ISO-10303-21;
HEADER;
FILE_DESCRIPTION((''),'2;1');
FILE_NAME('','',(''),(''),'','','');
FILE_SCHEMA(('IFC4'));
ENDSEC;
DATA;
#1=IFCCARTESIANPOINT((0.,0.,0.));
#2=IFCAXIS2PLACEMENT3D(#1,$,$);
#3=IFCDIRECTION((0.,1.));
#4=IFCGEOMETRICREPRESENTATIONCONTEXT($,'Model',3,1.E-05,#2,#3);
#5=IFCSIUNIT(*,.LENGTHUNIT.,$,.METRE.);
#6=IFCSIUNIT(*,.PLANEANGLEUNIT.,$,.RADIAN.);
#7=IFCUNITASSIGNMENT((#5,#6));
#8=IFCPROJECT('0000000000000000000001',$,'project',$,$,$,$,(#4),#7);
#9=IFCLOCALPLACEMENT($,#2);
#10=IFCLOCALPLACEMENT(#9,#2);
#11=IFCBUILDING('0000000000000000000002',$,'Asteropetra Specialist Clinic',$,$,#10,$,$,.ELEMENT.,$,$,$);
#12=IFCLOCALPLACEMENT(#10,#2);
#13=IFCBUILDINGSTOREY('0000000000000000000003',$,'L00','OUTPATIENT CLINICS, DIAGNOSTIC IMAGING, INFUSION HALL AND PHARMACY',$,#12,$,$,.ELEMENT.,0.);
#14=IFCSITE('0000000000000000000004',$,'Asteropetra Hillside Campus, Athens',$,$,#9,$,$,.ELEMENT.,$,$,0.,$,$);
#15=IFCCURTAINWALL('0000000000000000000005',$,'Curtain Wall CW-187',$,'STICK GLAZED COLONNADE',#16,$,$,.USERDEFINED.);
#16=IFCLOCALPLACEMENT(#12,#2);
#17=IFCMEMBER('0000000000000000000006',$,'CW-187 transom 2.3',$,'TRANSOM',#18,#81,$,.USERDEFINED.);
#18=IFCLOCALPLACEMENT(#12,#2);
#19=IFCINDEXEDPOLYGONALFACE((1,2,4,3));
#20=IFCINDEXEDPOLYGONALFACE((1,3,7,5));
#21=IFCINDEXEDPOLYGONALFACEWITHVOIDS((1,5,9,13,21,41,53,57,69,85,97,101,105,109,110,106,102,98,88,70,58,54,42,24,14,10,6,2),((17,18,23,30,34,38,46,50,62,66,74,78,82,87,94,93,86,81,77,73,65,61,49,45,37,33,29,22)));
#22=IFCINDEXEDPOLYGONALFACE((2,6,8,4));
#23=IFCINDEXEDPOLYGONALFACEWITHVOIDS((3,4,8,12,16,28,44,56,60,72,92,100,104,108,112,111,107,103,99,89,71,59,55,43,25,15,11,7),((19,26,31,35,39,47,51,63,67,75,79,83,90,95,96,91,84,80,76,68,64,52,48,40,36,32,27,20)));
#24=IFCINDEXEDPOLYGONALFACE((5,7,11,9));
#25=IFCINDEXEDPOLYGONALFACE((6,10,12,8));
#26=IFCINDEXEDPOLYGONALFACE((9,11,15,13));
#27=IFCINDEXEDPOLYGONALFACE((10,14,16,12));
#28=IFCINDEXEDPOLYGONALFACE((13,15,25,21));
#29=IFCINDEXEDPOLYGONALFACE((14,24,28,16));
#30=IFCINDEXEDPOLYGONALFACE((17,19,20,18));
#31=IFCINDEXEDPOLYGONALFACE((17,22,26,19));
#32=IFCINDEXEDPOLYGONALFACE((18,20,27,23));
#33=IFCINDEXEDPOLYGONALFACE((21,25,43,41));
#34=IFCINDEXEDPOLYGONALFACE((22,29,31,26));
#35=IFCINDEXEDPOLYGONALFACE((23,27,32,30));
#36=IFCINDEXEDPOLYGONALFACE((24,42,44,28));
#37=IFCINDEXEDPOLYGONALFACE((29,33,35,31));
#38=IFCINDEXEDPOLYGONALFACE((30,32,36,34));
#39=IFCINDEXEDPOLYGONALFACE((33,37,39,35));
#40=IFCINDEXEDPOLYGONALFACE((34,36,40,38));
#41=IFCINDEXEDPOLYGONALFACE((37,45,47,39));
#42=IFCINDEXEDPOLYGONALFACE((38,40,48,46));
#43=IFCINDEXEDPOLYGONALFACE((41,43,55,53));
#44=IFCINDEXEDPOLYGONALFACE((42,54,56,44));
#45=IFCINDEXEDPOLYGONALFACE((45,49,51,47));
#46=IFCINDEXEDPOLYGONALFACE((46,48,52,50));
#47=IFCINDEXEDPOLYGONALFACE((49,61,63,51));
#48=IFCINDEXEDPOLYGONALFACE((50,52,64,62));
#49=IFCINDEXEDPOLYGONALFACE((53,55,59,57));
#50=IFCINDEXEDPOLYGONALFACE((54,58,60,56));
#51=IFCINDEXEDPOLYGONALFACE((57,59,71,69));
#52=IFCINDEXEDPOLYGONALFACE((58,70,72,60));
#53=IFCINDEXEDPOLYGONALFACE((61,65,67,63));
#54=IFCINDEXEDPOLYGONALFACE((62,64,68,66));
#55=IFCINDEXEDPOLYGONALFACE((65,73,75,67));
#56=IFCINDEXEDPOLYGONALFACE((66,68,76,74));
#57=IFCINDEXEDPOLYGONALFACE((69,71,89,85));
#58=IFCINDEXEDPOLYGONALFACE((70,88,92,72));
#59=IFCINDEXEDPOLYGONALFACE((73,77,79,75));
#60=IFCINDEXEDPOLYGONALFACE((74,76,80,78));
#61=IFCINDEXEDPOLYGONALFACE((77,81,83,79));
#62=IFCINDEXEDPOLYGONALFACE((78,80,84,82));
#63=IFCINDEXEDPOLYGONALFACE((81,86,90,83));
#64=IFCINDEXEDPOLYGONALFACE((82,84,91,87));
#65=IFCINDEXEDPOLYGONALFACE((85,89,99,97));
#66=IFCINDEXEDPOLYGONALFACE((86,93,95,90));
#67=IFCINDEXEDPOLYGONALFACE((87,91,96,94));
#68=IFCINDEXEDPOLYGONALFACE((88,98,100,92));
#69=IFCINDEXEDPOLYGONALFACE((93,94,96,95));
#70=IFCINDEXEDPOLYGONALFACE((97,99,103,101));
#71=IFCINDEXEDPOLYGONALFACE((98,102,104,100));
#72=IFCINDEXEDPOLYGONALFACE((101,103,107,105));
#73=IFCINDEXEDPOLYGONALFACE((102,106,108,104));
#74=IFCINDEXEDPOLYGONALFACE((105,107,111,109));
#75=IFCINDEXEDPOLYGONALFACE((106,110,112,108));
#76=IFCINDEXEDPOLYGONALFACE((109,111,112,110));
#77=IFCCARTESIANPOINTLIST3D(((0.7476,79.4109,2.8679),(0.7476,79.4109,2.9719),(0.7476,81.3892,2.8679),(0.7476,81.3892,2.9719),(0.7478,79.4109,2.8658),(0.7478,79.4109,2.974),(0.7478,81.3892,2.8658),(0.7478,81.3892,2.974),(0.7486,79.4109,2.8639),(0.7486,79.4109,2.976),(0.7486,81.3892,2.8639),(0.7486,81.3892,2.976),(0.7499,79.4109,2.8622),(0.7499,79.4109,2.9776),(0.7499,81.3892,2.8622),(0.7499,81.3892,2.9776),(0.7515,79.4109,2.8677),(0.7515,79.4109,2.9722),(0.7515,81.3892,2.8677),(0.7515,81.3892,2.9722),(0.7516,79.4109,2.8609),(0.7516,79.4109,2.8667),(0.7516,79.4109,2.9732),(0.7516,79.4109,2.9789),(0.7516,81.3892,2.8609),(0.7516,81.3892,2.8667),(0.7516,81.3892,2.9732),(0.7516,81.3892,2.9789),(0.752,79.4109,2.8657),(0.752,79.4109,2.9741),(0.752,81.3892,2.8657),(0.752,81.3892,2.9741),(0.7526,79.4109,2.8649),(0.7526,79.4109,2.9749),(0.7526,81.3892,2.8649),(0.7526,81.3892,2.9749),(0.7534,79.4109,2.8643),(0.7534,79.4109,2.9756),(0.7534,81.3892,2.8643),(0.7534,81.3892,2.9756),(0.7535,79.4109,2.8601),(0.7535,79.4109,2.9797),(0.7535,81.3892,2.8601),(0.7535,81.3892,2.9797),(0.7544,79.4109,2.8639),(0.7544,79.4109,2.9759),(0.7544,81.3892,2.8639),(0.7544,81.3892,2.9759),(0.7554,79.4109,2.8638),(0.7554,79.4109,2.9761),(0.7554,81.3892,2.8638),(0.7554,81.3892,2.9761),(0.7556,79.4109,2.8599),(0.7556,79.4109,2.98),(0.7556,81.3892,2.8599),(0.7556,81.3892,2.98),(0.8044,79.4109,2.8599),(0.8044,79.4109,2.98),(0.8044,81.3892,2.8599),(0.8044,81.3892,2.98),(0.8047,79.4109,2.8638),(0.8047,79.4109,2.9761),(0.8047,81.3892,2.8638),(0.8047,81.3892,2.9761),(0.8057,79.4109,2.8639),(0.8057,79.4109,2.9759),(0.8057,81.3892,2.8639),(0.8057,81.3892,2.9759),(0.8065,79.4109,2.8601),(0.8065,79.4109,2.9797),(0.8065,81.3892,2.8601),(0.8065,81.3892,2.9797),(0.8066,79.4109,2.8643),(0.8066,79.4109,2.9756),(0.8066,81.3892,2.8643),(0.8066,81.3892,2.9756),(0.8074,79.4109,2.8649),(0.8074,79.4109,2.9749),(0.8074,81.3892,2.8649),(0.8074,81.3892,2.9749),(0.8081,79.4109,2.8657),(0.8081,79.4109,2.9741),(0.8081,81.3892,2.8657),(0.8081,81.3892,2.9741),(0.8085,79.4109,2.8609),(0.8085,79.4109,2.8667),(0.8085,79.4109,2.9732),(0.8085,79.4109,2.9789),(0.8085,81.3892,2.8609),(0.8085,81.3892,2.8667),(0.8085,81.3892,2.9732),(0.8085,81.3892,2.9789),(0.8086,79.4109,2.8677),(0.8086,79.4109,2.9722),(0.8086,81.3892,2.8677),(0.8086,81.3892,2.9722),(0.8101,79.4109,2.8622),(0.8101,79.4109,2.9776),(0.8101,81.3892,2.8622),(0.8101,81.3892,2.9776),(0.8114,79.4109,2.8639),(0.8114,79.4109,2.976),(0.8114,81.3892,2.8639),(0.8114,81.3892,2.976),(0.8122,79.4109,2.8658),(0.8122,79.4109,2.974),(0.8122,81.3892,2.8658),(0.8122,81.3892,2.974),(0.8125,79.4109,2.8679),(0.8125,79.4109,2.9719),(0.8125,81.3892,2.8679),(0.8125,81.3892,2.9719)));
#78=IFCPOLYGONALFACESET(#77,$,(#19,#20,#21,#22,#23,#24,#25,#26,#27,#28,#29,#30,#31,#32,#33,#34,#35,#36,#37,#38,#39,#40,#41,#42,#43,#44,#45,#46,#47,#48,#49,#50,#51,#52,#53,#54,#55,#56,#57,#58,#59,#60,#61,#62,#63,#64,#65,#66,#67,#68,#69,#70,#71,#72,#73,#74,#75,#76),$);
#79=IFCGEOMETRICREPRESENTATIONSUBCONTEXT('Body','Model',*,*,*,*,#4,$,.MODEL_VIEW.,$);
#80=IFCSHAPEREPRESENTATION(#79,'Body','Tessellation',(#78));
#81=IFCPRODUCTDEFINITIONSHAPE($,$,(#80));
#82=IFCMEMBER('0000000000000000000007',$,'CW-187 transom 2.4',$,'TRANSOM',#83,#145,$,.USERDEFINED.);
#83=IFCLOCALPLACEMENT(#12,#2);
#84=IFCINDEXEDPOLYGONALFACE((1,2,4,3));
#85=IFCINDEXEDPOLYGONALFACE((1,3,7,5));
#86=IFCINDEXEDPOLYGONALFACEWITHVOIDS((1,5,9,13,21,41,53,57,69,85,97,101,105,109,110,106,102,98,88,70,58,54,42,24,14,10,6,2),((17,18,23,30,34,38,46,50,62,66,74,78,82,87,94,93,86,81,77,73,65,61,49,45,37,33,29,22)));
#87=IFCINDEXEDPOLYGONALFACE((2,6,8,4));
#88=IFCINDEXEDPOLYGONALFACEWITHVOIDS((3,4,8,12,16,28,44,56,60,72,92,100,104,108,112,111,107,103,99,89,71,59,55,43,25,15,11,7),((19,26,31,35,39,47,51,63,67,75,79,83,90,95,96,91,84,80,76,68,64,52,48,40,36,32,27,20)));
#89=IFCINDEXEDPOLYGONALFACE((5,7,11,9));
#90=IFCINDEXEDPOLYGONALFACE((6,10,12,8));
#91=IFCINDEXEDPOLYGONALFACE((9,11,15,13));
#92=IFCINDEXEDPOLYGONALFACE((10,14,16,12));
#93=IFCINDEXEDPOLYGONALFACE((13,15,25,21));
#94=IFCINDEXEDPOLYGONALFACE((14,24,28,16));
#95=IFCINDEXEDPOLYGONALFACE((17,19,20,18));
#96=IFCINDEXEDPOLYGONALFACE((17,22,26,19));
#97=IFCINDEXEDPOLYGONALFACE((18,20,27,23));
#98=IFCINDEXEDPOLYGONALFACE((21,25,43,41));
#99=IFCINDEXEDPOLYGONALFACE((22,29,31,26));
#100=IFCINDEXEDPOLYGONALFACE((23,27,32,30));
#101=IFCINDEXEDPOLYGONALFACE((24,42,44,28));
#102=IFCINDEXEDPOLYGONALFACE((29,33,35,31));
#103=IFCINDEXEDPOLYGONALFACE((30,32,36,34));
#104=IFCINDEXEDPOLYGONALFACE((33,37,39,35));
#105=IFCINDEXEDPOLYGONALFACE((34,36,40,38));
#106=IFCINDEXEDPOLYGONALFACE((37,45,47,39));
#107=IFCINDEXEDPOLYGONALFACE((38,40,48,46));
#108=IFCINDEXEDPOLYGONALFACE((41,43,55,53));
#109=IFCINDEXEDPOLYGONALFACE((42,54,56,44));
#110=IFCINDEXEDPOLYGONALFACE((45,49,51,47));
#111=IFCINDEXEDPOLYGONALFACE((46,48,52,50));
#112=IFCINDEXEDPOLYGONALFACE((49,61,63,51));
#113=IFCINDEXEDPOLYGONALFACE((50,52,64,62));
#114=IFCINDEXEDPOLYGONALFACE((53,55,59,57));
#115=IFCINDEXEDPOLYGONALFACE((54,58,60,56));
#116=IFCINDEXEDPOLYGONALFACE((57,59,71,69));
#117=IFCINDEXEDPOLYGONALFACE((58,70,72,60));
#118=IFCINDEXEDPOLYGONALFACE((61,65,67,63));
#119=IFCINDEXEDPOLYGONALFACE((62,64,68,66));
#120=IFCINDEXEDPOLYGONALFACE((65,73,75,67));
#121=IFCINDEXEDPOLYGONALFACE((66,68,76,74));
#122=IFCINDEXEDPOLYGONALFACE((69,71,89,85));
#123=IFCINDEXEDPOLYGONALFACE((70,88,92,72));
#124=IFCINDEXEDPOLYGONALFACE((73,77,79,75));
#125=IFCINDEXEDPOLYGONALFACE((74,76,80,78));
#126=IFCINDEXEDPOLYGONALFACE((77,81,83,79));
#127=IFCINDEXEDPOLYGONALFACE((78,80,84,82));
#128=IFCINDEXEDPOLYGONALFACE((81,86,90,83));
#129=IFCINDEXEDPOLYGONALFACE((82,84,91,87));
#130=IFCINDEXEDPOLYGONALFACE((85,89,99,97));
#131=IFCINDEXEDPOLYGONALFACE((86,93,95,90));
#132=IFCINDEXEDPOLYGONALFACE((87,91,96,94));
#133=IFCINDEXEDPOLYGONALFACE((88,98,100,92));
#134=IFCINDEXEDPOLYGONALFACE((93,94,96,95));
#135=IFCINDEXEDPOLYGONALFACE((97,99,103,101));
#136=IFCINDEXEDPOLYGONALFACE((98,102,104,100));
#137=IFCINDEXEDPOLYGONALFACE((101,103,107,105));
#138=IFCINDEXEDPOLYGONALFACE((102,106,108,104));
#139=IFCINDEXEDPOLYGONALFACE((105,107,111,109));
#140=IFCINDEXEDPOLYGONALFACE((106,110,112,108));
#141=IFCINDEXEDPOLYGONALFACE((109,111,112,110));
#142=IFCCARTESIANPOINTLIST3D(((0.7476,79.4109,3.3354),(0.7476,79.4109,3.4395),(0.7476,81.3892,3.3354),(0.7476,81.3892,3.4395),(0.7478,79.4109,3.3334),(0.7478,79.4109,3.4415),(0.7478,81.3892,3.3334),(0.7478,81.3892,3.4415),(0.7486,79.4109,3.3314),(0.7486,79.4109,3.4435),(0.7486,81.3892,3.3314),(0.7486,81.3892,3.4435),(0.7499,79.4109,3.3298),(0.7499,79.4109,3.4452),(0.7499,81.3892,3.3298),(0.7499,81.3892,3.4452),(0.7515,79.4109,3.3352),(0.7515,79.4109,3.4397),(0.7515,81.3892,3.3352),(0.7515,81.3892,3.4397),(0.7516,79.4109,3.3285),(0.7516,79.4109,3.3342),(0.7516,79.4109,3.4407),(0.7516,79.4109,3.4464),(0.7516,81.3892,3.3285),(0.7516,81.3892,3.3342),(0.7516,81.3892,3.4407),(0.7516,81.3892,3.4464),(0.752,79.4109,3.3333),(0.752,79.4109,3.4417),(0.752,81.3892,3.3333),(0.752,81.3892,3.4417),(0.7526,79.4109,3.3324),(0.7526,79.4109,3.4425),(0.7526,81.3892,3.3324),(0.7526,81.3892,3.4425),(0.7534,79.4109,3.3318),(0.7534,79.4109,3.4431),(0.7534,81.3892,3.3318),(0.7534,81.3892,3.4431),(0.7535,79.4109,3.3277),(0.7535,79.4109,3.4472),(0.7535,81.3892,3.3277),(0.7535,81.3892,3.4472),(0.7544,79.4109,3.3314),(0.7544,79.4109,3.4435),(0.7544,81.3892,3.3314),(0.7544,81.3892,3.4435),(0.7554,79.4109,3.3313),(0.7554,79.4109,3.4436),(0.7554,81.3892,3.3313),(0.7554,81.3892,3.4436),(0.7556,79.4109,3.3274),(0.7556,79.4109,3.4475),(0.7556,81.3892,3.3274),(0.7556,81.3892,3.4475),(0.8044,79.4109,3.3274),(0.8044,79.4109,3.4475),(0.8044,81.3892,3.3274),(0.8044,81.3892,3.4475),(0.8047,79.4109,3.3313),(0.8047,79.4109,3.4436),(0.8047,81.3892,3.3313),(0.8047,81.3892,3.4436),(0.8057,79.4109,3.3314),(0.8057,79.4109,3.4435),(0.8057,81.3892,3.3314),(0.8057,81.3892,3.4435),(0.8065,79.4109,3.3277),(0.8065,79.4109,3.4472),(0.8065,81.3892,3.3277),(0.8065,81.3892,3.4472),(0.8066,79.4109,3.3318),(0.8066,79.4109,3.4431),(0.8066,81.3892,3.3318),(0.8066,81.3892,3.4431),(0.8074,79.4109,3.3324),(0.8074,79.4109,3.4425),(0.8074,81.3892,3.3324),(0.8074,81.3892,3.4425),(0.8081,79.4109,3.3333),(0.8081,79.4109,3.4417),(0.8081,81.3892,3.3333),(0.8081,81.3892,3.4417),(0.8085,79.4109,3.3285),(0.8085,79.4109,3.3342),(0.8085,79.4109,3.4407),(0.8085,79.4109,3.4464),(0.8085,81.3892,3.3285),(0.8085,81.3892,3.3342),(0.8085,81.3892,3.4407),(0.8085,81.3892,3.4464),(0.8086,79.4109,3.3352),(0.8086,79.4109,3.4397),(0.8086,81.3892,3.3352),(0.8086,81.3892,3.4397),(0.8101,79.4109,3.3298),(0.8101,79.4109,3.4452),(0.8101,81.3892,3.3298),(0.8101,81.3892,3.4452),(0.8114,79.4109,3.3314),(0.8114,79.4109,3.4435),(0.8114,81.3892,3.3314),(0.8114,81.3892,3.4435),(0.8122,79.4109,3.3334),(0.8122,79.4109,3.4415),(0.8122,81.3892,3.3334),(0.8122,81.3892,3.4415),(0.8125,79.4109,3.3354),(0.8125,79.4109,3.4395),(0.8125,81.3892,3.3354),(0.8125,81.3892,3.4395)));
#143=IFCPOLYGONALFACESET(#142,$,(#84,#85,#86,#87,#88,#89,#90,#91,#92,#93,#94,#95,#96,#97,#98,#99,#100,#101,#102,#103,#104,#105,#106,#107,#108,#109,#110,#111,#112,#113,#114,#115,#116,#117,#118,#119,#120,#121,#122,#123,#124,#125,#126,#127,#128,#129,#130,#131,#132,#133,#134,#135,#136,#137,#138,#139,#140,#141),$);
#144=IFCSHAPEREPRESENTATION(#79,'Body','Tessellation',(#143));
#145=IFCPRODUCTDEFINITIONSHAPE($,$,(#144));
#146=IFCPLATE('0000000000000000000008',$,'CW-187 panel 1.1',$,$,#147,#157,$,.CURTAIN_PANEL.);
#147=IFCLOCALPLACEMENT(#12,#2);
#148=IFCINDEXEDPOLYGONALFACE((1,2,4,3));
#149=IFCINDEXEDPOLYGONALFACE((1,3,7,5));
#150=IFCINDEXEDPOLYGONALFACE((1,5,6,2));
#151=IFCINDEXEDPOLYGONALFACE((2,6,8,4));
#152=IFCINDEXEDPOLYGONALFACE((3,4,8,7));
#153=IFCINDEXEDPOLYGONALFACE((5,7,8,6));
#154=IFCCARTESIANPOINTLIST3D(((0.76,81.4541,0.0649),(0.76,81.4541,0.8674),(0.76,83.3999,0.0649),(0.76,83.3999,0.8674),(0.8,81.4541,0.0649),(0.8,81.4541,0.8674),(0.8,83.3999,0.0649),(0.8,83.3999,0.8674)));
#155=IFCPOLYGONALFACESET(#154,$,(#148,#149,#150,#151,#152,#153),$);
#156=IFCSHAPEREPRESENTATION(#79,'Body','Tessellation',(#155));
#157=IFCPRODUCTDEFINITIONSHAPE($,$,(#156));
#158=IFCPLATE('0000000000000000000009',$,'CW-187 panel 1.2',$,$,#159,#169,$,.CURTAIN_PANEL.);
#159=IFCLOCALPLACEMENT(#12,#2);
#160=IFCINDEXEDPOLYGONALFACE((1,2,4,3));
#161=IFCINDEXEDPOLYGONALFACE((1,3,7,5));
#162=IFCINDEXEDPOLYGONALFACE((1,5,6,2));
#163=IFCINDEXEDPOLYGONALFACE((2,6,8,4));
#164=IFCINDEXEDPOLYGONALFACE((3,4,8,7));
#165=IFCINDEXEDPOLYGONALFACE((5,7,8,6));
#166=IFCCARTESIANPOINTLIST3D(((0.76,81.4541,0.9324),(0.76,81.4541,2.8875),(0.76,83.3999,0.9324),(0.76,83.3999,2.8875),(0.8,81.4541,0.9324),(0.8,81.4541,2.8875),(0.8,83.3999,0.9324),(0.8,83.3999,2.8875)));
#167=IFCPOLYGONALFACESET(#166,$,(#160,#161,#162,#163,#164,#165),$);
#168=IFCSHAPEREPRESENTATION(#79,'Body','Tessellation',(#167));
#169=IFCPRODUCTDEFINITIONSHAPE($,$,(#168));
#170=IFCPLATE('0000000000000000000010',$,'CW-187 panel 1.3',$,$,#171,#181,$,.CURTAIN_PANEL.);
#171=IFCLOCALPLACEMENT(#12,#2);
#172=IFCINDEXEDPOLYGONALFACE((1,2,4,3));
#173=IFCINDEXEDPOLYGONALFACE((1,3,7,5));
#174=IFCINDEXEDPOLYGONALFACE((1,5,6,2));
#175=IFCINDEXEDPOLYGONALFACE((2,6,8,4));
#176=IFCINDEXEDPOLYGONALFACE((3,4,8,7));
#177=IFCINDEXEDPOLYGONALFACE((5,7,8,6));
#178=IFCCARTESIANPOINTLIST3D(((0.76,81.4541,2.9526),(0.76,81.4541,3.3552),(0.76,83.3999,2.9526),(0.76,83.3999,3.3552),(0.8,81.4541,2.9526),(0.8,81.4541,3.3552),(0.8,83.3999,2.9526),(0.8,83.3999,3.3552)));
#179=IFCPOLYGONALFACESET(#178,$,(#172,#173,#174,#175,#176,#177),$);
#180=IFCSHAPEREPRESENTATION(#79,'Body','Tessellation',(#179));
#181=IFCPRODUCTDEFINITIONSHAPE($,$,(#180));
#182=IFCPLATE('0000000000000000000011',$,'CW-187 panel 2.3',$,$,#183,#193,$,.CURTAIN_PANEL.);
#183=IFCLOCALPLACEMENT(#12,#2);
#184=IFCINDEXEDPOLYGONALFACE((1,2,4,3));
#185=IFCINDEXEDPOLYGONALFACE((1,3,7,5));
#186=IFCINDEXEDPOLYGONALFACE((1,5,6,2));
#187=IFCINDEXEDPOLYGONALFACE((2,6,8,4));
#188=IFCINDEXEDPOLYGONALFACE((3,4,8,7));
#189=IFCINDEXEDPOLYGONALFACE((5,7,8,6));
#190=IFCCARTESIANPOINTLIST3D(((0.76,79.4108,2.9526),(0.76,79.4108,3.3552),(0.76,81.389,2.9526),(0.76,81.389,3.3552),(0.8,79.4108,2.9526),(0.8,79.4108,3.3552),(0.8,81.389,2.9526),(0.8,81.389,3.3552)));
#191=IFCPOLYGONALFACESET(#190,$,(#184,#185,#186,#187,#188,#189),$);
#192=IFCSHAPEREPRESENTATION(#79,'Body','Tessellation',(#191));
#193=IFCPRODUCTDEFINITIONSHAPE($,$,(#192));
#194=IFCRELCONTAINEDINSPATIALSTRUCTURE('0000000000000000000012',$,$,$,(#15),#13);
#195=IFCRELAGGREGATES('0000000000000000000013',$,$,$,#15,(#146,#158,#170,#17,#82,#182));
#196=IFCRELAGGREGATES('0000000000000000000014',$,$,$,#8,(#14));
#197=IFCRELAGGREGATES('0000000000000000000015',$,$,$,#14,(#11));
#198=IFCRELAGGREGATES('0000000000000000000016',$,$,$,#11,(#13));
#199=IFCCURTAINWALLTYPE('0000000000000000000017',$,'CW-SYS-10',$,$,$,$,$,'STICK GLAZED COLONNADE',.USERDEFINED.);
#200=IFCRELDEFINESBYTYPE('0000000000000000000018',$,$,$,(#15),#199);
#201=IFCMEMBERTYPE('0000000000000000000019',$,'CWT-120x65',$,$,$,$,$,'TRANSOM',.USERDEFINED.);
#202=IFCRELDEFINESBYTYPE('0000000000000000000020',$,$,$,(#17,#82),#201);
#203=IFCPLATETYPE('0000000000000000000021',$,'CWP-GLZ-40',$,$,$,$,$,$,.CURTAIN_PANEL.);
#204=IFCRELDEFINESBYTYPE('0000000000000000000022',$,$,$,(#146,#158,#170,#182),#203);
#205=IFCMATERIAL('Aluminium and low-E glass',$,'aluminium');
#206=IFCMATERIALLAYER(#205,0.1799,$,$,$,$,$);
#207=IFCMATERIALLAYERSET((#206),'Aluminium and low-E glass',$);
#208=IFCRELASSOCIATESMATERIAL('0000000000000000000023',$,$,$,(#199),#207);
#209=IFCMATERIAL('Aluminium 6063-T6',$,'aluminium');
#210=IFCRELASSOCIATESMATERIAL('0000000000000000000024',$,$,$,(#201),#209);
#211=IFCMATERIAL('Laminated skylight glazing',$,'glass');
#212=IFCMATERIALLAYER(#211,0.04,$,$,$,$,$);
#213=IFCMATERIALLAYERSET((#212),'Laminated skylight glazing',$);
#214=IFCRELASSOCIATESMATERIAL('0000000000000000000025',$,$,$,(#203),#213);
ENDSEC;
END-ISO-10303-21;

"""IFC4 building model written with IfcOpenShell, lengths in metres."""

from ifc_helpers import new_model, si_unit, direction, frame, origin, origin_2d, place, context, subcontext, project, spatial, rectangle, hollow_rectangle, extrude, material, layer, layer_set, material_profile, profile_set, type_object, element, aggregate, save


model = new_model("IFC4")

# Units and contexts
model_context = context("Model", 3, precision=1e-05, world=origin(), true_north=direction((0.0, 1.0)))
body_context = subcontext(model_context, "Body", "Model", "MODEL_VIEW")
ifc_project = project(units=[si_unit("LENGTHUNIT", "METRE"), si_unit("PLANEANGLEUNIT", "RADIAN")], contexts=[model_context])

# Site, building, storey
site_placement = place(None, origin())
site = spatial("IfcSite", under=ifc_project, at=site_placement, Name="Asteropetra Hillside Campus, Athens", CompositionType="ELEMENT", RefElevation=0.0)
building_placement = place(site_placement, origin())
building = spatial("IfcBuilding", under=site, at=building_placement, Name="Asteropetra Specialist Clinic", CompositionType="ELEMENT")
storey_placement = place(building_placement, origin())
storey = spatial("IfcBuildingStorey", under=building, at=storey_placement, Name="L00", Description="OUTPATIENT CLINICS, DIAGNOSTIC IMAGING, INFUSION HALL AND PHARMACY", CompositionType="ELEMENT", Elevation=0.0)

# Curtain wall, members, plates
ifc_material_1 = material(Name="Aluminium and low-E glass", Category="aluminium")
ifc_layer_1 = layer(ifc_material_1, 0.1799)
ifc_layer_set_1 = layer_set([ifc_layer_1], Name="Aluminium and low-E glass")
curtain_wall_type = type_object("IfcCurtainWallType", Name="CW-SYS-10", ElementType="STICK GLAZED COLONNADE", PredefinedType="USERDEFINED", material=ifc_layer_set_1)
curtain_wall_placement = place(storey_placement, origin())
curtain_wall = element("IfcCurtainWall", 1, at=curtain_wall_placement, inside=storey, type_object=curtain_wall_type, Name="Curtain Wall CW-187", ObjectType="STICK GLAZED COLONNADE", PredefinedType="USERDEFINED")
ifc_material_2 = material(Name="Aluminium 6063-T6", Category="aluminium")
ifc_material_profile_1 = material_profile(ifc_material_2, hollow_rectangle(XDim=0.0649, YDim=0.1201, WallThickness=0.0039, InnerFilletRadius=0.0039, OuterFilletRadius=0.0081, at=origin_2d()), Name="TRN 120x65x4.0")
ifc_profile_set_1 = profile_set([ifc_material_profile_1], Name="Aluminium 6063-T6")
member_type_1 = type_object("IfcMemberType", Name="CWT-120x65", ElementType="TRANSOM", PredefinedType="USERDEFINED", material=ifc_profile_set_1)
member_1_placement = place(storey_placement, frame((0.78, 81.3892, 2.9199), z_axis=(0.0, -1.0, 0.0), x_axis=(1.0, 0.0, 0.0)))
member_1 = element("IfcMember", 2, at=member_1_placement, type_object=member_type_1, Name="CW-187 transom 2.3", ObjectType="TRANSOM", PredefinedType="USERDEFINED", context=body_context, shape_type="SweptSolid", body=[
    extrude(hollow_rectangle(XDim=0.0649, YDim=0.1201, WallThickness=0.0039, InnerFilletRadius=0.0039, OuterFilletRadius=0.0081, at=origin_2d()), origin(), (0.0, 0.0, 1.0), 1.9783),
])
member_2_placement = place(storey_placement, frame((0.78, 81.3892, 3.3875), z_axis=(0.0, -1.0, 0.0), x_axis=(1.0, 0.0, 0.0)))
member_2 = element("IfcMember", 3, at=member_2_placement, type_object=member_type_1, Name="CW-187 transom 2.4", ObjectType="TRANSOM", PredefinedType="USERDEFINED", context=body_context, shape_type="SweptSolid", body=[
    extrude(hollow_rectangle(XDim=0.0649, YDim=0.1201, WallThickness=0.0039, InnerFilletRadius=0.0039, OuterFilletRadius=0.0081, at=origin_2d()), origin(), (0.0, 0.0, 1.0), 1.9783),
])
ifc_material_3 = material(Name="Laminated skylight glazing", Category="glass")
ifc_layer_2 = layer(ifc_material_3, 0.04)
ifc_layer_set_2 = layer_set([ifc_layer_2], Name="Laminated skylight glazing")
plate_type = type_object("IfcPlateType", Name="CWP-GLZ-40", PredefinedType="CURTAIN_PANEL", material=ifc_layer_set_2)
plate_1_placement = place(storey_placement, frame((0.78, 82.427, 0.0649), z_axis=(0.0, 0.0, 1.0), x_axis=(0.0, -1.0, 0.0)))
plate_1 = element("IfcPlate", 4, at=plate_1_placement, type_object=plate_type, Name="CW-187 panel 1.1", PredefinedType="CURTAIN_PANEL", context=body_context, shape_type="SweptSolid", body=[
    extrude(rectangle(XDim=1.9458, YDim=0.04, at=origin_2d()), origin(), (0.0, 0.0, 1.0), 0.8025),
])
plate_2_placement = place(storey_placement, frame((0.78, 82.427, 0.9324), z_axis=(0.0, 0.0, 1.0), x_axis=(0.0, -1.0, 0.0)))
plate_2 = element("IfcPlate", 5, at=plate_2_placement, type_object=plate_type, Name="CW-187 panel 1.2", PredefinedType="CURTAIN_PANEL", context=body_context, shape_type="SweptSolid", body=[
    extrude(rectangle(XDim=1.9458, YDim=0.04, at=origin_2d()), origin(), (0.0, 0.0, 1.0), 1.9551),
])
plate_3_placement = place(storey_placement, frame((0.78, 82.427, 2.9526), z_axis=(0.0, 0.0, 1.0), x_axis=(0.0, -1.0, 0.0)))
plate_3 = element("IfcPlate", 6, at=plate_3_placement, type_object=plate_type, Name="CW-187 panel 1.3", PredefinedType="CURTAIN_PANEL", context=body_context, shape_type="SweptSolid", body=[
    extrude(rectangle(XDim=1.9458, YDim=0.04, at=origin_2d()), origin(), (0.0, 0.0, 1.0), 0.4026),
])
plate_4_placement = place(storey_placement, frame((0.78, 80.3999, 2.9526), z_axis=(0.0, 0.0, 1.0), x_axis=(0.0, -1.0, 0.0)))
plate_4 = element("IfcPlate", 7, at=plate_4_placement, type_object=plate_type, Name="CW-187 panel 2.3", PredefinedType="CURTAIN_PANEL", context=body_context, shape_type="SweptSolid", body=[
    extrude(rectangle(XDim=1.9783, YDim=0.04, at=origin_2d()), origin(), (0.0, 0.0, 1.0), 0.4026),
])
aggregate(curtain_wall, [plate_1, plate_2, plate_3, member_1, member_2, plate_4])

save(model, "model.ifc")
